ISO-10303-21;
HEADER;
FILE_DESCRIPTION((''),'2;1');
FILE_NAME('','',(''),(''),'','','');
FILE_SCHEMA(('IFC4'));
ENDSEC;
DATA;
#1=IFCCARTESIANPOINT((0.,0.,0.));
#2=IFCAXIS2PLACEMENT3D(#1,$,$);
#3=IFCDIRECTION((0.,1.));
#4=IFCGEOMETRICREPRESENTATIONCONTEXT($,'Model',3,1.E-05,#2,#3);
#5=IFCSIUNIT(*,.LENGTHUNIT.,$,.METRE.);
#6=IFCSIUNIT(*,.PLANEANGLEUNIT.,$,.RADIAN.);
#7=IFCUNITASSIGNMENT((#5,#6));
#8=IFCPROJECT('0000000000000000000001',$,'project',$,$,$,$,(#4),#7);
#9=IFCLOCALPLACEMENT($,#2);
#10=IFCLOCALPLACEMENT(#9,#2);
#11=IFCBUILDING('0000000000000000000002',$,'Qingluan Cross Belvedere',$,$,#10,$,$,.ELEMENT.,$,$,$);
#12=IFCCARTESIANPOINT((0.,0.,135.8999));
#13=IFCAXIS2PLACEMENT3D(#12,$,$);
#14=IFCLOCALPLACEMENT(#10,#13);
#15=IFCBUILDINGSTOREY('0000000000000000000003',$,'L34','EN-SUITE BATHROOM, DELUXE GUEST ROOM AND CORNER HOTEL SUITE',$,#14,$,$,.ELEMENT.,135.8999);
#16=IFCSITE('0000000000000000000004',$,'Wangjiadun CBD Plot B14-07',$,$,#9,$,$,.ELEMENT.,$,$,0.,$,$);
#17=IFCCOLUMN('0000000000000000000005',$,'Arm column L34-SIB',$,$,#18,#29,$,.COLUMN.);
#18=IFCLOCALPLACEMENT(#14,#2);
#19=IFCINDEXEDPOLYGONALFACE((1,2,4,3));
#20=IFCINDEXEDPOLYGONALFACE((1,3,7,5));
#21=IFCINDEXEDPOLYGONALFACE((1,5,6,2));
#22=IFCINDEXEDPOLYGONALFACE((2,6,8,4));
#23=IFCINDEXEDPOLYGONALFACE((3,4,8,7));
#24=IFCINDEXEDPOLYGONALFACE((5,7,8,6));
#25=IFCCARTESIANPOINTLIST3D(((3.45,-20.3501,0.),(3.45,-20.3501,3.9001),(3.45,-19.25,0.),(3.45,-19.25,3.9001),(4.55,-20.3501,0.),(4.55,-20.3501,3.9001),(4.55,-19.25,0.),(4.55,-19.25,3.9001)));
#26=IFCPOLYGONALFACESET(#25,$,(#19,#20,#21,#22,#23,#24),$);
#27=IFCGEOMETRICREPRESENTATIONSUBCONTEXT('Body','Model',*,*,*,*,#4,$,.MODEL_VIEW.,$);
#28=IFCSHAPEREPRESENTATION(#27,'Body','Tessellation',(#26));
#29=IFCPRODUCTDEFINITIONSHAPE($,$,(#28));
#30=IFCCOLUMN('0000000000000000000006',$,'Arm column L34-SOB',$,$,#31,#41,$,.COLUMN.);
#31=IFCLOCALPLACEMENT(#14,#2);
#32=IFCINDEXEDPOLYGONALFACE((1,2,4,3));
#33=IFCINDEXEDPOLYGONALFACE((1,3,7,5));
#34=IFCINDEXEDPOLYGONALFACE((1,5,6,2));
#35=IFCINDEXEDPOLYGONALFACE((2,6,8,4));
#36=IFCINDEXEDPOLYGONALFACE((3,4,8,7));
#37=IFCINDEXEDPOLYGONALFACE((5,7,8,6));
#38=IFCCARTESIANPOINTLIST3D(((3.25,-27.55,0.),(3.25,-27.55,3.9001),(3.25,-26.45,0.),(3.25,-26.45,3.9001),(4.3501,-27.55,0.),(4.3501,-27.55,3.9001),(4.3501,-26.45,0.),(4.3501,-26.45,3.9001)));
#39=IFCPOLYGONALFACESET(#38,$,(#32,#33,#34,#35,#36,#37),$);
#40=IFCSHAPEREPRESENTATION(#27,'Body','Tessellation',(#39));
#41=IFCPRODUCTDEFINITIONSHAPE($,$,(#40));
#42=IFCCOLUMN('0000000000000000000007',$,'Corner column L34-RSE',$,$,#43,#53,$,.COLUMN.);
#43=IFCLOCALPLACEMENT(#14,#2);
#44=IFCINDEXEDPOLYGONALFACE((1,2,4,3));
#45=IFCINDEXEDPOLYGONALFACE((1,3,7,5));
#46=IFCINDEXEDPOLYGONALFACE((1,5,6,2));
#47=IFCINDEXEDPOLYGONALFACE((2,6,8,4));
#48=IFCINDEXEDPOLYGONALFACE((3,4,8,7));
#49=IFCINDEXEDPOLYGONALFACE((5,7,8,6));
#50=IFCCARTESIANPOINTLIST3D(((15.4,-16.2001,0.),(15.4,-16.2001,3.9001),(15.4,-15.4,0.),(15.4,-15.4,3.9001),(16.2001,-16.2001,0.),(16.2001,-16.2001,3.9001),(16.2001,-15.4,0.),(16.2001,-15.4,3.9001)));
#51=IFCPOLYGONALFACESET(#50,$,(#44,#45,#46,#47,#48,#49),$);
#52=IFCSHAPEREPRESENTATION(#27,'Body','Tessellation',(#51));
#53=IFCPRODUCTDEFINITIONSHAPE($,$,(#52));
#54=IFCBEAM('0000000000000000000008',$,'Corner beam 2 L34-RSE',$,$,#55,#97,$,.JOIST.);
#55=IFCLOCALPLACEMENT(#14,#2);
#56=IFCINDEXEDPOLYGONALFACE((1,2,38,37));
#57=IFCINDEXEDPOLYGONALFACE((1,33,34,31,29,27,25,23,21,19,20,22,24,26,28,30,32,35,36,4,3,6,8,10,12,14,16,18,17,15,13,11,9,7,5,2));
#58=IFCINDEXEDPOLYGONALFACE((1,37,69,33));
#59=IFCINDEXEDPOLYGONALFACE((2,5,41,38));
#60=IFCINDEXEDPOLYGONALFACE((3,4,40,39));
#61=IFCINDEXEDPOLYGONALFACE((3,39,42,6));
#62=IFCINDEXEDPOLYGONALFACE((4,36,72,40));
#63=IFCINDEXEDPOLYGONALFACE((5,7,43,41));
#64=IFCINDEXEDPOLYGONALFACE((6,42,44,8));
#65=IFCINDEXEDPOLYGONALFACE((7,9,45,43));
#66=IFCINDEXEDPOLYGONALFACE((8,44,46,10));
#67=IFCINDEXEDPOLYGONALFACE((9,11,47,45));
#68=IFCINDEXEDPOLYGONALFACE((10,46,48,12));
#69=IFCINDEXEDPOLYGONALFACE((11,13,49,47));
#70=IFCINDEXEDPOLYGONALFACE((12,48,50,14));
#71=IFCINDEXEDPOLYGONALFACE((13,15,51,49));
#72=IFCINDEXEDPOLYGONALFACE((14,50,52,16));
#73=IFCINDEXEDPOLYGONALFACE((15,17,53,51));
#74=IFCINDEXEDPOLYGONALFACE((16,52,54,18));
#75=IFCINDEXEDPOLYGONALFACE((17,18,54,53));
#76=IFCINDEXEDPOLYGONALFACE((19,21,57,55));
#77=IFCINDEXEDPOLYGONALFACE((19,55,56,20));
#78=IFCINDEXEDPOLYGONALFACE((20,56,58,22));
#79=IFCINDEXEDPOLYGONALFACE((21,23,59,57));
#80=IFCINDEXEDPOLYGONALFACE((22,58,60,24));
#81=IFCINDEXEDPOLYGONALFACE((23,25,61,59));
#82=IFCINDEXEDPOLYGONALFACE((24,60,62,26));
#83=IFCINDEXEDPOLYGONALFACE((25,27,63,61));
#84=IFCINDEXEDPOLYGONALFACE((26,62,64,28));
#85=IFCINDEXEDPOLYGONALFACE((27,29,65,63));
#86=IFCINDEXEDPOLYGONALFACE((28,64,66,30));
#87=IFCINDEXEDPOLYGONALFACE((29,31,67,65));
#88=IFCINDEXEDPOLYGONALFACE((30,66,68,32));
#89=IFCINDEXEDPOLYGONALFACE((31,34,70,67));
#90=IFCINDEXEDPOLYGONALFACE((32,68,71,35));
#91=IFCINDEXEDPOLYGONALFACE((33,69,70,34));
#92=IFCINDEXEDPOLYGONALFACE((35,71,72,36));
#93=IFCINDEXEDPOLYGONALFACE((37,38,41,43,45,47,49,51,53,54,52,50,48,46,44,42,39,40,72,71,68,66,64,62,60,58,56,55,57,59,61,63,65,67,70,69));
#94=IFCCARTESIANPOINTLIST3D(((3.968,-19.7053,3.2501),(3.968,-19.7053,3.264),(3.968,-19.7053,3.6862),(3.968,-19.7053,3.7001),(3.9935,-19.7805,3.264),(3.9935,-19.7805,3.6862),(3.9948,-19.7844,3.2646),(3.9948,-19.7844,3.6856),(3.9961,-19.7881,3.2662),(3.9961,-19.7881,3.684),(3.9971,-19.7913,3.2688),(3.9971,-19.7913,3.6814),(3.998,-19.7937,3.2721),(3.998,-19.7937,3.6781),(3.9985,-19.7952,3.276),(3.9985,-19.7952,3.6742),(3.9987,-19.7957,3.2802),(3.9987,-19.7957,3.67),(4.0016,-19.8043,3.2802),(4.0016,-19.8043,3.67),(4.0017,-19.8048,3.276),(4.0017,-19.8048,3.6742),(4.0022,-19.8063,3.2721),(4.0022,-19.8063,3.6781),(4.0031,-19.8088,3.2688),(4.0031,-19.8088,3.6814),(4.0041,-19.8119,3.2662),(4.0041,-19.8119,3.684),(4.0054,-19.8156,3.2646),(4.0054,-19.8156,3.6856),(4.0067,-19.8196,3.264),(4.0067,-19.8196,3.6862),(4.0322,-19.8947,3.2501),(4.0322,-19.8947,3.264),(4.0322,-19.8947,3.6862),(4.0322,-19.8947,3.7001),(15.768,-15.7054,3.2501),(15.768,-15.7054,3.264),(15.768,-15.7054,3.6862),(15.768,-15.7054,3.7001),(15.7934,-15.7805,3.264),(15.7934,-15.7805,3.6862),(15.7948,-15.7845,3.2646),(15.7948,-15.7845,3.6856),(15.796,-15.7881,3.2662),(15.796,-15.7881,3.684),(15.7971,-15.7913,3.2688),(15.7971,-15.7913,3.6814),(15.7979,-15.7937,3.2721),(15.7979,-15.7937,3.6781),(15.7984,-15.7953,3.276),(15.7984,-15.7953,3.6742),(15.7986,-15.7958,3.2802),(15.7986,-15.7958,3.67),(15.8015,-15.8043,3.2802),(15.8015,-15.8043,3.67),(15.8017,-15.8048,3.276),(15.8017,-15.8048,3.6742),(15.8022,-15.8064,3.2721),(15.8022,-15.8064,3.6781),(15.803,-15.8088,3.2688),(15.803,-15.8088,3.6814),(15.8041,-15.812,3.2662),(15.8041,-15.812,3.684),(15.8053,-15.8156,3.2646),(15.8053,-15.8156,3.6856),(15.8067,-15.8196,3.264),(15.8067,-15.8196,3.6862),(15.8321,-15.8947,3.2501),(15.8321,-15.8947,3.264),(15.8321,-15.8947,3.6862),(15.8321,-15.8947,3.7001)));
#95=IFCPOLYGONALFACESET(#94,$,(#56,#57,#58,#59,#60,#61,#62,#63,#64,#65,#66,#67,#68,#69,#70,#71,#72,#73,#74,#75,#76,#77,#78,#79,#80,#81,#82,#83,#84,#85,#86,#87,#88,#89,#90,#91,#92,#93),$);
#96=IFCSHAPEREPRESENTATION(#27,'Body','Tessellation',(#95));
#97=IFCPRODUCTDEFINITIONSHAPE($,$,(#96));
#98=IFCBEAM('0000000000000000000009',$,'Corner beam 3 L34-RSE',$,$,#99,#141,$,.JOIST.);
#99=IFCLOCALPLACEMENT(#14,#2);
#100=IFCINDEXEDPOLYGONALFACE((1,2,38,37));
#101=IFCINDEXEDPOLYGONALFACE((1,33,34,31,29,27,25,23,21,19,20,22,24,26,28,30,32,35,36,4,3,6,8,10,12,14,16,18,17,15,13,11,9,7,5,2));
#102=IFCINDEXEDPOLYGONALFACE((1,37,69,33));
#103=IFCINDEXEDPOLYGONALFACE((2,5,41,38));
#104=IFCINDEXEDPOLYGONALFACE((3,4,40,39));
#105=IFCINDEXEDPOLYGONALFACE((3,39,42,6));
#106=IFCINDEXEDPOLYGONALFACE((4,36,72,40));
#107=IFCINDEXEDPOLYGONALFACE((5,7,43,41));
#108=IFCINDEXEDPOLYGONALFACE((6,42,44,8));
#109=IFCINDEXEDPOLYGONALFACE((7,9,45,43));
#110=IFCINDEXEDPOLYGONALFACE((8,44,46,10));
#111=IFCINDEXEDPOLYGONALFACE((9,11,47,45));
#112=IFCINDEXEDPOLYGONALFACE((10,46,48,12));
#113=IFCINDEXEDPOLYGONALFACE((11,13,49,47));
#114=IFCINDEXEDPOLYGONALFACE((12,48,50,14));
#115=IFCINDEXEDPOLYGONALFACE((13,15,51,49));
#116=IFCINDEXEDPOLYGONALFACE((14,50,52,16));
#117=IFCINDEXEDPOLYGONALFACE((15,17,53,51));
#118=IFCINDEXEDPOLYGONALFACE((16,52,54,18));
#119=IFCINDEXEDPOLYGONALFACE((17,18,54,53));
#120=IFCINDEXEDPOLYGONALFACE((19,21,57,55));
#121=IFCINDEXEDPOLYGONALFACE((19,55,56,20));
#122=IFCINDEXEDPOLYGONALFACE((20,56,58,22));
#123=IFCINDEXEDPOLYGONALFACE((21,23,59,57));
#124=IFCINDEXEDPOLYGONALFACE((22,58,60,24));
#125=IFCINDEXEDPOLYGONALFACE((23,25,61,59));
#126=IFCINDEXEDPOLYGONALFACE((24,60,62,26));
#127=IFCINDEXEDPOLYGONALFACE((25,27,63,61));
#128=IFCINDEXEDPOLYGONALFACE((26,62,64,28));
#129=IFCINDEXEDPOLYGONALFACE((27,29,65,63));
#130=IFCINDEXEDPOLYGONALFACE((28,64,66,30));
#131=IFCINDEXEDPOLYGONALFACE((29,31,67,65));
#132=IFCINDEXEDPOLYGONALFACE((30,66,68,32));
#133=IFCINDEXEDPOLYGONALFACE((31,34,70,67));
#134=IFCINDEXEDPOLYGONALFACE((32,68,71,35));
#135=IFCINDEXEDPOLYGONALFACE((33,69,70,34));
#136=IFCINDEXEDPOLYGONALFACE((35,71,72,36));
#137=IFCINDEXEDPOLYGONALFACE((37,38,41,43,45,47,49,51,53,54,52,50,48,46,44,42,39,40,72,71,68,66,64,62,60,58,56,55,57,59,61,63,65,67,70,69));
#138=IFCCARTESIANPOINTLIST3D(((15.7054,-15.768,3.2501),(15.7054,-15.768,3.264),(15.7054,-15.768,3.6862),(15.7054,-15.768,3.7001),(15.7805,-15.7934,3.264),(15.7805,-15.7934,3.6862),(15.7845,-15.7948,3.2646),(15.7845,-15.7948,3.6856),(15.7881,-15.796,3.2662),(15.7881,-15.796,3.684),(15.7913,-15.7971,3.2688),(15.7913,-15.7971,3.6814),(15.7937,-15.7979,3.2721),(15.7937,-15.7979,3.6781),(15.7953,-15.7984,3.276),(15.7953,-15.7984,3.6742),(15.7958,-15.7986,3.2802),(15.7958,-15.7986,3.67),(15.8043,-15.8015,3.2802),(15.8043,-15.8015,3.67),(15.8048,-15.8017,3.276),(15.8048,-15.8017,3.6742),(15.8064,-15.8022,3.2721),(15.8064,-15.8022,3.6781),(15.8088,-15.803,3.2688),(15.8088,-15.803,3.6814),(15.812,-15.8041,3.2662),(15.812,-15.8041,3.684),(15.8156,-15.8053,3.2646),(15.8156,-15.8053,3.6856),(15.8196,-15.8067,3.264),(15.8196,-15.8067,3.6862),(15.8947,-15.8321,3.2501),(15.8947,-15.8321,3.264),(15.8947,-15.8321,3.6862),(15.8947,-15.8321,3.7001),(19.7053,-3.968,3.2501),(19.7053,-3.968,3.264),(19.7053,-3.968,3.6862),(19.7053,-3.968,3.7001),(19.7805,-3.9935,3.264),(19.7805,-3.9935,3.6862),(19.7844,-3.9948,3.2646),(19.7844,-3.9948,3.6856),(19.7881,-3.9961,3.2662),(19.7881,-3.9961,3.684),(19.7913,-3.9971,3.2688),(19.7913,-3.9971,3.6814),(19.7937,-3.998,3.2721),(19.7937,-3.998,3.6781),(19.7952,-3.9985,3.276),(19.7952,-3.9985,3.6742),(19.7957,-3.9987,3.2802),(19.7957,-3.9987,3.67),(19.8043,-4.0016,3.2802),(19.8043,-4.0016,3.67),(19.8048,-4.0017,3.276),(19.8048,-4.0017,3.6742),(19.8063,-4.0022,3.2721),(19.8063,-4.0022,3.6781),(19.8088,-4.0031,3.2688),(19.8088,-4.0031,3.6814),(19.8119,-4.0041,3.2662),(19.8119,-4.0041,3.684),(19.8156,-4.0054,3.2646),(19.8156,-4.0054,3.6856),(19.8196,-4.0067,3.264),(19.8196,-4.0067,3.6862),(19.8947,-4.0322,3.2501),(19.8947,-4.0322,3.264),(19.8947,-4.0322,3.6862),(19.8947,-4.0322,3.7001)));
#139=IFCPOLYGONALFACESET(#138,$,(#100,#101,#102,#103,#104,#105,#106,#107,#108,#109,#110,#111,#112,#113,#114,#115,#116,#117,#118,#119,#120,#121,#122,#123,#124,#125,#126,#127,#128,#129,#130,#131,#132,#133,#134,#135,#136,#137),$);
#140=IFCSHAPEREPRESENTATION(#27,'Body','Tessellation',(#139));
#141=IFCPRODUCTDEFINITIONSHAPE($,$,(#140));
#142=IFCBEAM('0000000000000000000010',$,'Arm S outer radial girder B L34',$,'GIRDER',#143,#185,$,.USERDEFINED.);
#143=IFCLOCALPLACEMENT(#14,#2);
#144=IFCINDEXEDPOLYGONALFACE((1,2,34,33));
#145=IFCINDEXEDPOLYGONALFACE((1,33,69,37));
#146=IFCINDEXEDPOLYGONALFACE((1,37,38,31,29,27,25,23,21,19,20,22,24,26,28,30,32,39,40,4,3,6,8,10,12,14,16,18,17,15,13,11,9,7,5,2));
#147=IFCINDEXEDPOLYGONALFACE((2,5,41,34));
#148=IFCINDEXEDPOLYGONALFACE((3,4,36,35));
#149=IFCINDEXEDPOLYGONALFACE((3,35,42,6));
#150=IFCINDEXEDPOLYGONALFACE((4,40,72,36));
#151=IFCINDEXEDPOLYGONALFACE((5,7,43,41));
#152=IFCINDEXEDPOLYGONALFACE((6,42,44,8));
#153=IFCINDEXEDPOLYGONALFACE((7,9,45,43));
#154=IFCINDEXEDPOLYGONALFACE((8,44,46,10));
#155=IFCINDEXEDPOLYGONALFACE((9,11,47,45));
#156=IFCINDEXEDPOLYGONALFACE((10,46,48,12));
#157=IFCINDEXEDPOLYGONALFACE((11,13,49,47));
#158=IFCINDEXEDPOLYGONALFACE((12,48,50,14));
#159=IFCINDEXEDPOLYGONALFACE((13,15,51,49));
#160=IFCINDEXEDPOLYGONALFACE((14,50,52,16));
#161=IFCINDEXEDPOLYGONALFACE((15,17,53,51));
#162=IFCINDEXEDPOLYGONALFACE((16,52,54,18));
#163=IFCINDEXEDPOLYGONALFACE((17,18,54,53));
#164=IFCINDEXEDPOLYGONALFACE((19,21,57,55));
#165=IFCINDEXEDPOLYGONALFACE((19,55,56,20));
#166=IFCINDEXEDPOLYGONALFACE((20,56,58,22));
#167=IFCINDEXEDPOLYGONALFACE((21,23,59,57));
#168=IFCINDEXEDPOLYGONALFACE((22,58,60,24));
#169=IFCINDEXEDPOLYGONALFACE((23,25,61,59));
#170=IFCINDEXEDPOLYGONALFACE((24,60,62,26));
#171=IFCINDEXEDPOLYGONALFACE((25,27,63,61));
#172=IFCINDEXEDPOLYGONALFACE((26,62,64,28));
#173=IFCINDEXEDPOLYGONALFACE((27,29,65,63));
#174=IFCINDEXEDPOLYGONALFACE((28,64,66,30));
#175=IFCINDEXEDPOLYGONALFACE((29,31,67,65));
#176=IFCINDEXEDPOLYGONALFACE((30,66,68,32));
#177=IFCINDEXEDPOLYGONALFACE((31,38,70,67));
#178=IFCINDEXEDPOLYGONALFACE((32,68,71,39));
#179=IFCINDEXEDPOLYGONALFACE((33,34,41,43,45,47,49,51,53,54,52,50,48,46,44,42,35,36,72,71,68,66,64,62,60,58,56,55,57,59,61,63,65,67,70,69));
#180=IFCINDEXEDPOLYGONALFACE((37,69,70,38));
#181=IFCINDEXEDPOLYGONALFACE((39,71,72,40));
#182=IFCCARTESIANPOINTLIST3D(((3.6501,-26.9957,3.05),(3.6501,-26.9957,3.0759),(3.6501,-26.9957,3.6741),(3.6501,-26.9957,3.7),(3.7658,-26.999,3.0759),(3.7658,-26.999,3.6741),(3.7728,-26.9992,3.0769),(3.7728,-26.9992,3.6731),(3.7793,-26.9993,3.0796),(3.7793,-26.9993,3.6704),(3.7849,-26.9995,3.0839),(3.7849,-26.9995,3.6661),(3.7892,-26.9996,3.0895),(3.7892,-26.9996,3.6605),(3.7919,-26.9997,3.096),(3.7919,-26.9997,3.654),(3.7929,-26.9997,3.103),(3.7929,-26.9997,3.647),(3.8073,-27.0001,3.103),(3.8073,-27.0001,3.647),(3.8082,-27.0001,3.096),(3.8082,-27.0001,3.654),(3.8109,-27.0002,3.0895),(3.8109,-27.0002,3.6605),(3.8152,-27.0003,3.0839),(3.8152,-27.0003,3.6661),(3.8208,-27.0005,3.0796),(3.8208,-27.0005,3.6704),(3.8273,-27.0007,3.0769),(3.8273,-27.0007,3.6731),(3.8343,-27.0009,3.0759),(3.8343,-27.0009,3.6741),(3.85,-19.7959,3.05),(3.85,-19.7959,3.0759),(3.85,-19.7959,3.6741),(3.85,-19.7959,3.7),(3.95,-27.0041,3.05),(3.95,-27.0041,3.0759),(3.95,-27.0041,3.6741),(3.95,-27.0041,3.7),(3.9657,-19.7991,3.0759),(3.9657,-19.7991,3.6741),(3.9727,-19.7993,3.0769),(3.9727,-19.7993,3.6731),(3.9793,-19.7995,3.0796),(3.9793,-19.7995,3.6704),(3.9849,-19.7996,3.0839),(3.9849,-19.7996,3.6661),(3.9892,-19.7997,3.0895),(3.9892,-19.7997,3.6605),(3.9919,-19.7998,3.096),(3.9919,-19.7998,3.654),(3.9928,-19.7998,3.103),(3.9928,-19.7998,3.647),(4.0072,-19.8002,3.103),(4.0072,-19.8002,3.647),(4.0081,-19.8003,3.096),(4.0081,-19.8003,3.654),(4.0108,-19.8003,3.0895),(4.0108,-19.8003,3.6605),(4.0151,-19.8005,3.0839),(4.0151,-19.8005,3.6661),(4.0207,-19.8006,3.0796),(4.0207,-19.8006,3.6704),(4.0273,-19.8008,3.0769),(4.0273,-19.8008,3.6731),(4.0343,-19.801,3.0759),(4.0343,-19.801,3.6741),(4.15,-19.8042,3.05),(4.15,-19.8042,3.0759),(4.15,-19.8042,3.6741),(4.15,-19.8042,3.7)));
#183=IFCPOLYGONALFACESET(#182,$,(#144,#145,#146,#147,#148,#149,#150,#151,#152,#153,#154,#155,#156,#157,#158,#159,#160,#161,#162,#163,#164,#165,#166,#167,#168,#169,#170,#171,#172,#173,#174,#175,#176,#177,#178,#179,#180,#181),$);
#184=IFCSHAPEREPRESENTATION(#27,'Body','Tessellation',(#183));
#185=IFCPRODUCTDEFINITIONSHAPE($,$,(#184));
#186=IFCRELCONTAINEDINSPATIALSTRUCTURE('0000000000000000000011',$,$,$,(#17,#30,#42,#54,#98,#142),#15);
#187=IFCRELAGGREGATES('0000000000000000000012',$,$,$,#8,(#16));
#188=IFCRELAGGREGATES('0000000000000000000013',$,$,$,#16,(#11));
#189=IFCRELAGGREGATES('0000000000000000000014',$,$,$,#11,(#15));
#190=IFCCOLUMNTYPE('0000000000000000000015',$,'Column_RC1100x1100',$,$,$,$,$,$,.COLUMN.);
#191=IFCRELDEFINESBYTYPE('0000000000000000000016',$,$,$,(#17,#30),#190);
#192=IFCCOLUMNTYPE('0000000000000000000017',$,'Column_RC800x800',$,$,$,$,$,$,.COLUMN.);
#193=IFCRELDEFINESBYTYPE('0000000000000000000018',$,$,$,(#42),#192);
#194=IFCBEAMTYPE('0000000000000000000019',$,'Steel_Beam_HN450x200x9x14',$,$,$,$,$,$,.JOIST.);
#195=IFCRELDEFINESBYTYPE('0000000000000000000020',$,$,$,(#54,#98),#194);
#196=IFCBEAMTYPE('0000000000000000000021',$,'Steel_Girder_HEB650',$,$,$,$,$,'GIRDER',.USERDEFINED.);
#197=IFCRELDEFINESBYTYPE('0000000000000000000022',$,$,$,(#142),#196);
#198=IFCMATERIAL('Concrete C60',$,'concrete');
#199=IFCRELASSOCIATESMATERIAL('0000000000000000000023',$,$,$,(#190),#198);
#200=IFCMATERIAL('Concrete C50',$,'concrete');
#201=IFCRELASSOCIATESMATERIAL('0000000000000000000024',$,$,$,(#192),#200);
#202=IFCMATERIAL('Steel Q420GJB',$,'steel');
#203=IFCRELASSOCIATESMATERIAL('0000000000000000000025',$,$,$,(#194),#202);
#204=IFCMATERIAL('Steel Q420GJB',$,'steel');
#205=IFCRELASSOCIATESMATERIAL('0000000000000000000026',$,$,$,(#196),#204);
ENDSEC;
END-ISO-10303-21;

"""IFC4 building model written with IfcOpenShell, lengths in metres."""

from ifc_helpers import new_model, si_unit, direction, frame, origin, origin_2d, place, context, subcontext, project, spatial, rectangle, i_section, extrude, material, material_profile, profile_set, type_object, element, save


model = new_model("IFC4")

# Units and contexts
model_context = context("Model", 3, precision=1e-05, world=origin(), true_north=direction((0.0, 1.0)))
body_context = subcontext(model_context, "Body", "Model", "MODEL_VIEW")
ifc_project = project(units=[si_unit("LENGTHUNIT", "METRE"), si_unit("PLANEANGLEUNIT", "RADIAN")], contexts=[model_context])

# Site, building, storey
site_placement = place(None, origin())
site = spatial("IfcSite", under=ifc_project, at=site_placement, Name="Wangjiadun CBD Plot B14-07", CompositionType="ELEMENT", RefElevation=0.0)
building_placement = place(site_placement, origin())
building = spatial("IfcBuilding", under=site, at=building_placement, Name="Qingluan Cross Belvedere", CompositionType="ELEMENT")
storey_placement = place(building_placement, frame((0.0, 0.0, 135.8999)))
storey = spatial("IfcBuildingStorey", under=building, at=storey_placement, Name="L34", Description="EN-SUITE BATHROOM, DELUXE GUEST ROOM AND CORNER HOTEL SUITE", CompositionType="ELEMENT", Elevation=135.8999)

# Columns
ifc_material_1 = material(Name="Concrete C60", Category="concrete")
ifc_material_profile_1 = material_profile(ifc_material_1, rectangle(XDim=1.1001, YDim=1.1001, at=origin_2d()), Name="RC1100x1100")
ifc_profile_set_1 = profile_set([ifc_material_profile_1], Name="Concrete C60")
column_type_1 = type_object("IfcColumnType", Name="Column_RC1100x1100", PredefinedType="COLUMN", material=ifc_profile_set_1)
for number, where, z_axis, x_axis, name in (
    (1, (4.0, -19.8, 0.0), (0.0, 0.0, 1.0), (1.0, 0.0, 0.0), "Arm column L34-SIB"),
    (2, (3.8, -27.0, 0.0), (0.0, 0.0, 1.0), (1.0, 0.0, 0.0), "Arm column L34-SOB"),
):
    element("IfcColumn", number, at=place(storey_placement, frame(where, z_axis=z_axis, x_axis=x_axis)), inside=storey, type_object=column_type_1, Name=name, PredefinedType="COLUMN", context=body_context, shape_type="SweptSolid", body=[
        extrude(rectangle(XDim=1.1001, YDim=1.1001, at=origin_2d()), origin(), (0.0, 0.0, 1.0), 3.9001),
    ])
ifc_material_2 = material(Name="Concrete C50", Category="concrete")
ifc_material_profile_2 = material_profile(ifc_material_2, rectangle(XDim=0.8, YDim=0.8, at=origin_2d()), Name="RC800x800")
ifc_profile_set_2 = profile_set([ifc_material_profile_2], Name="Concrete C50")
column_type_2 = type_object("IfcColumnType", Name="Column_RC800x800", PredefinedType="COLUMN", material=ifc_profile_set_2)
column_placement = place(storey_placement, frame((15.8, -15.8, 0.0), z_axis=(0.0, 0.0, 1.0), x_axis=(1.0, 0.0, 0.0)))
element("IfcColumn", 3, at=column_placement, inside=storey, type_object=column_type_2, Name="Corner column L34-RSE", PredefinedType="COLUMN", context=body_context, shape_type="SweptSolid", body=[
    extrude(rectangle(XDim=0.8, YDim=0.8, at=origin_2d()), origin(), (0.0, 0.0, 1.0), 3.9001),
])

# Beams
ifc_material_3 = material(Name="Steel Q420GJB", Category="steel")
ifc_material_profile_3 = material_profile(ifc_material_3, i_section(OverallWidth=0.2, OverallDepth=0.45, WebThickness=0.009, FlangeThickness=0.0139, FilletRadius=0.0161, at=origin_2d()), Name="HN450x200x9x14")
ifc_profile_set_3 = profile_set([ifc_material_profile_3], Name="Steel Q420GJB")
beam_type_1 = type_object("IfcBeamType", Name="Steel_Beam_HN450x200x9x14", PredefinedType="JOIST", material=ifc_profile_set_3)
for number, where, z_axis, x_axis, name in (
    (4, (15.8, -15.8, 3.4751), (-0.947066, -0.321038, 0.0), (0.321038, -0.947066, 0.0), "Corner beam 2 L34-RSE"),
    (5, (15.8, -15.8, 3.4751), (0.321038, 0.947066, 0.0), (-0.947066, 0.321038, 0.0), "Corner beam 3 L34-RSE"),
):
    element("IfcBeam", number, at=place(storey_placement, frame(where, z_axis=z_axis, x_axis=x_axis)), inside=storey, type_object=beam_type_1, Name=name, PredefinedType="JOIST", context=body_context, shape_type="SweptSolid", body=[
        extrude(i_section(OverallWidth=0.2, OverallDepth=0.45, WebThickness=0.009, FlangeThickness=0.0139, FilletRadius=0.0161, at=origin_2d()), origin(), (0.0, 0.0, 1.0), 12.4595),
    ])
ifc_material_4 = material(Name="Steel Q420GJB", Category="steel")
ifc_material_profile_4 = material_profile(ifc_material_4, i_section(OverallWidth=0.3, OverallDepth=0.6499, WebThickness=0.0144, FlangeThickness=0.0259, FilletRadius=0.0271, at=origin_2d()), Name="HEB650")
ifc_profile_set_4 = profile_set([ifc_material_profile_4], Name="Steel Q420GJB")
beam_type_2 = type_object("IfcBeamType", Name="Steel_Girder_HEB650", ElementType="GIRDER", PredefinedType="USERDEFINED", material=ifc_profile_set_4)
beam_placement = place(storey_placement, frame((4.0, -19.8, 3.375), z_axis=(-0.02776, -0.999615, 0.0), x_axis=(0.999615, -0.02776, 0.0)))
element("IfcBeam", 6, at=beam_placement, inside=storey, type_object=beam_type_2, Name="Arm S outer radial girder B L34", ObjectType="GIRDER", PredefinedType="USERDEFINED", context=body_context, shape_type="SweptSolid", body=[
    extrude(i_section(OverallWidth=0.3, OverallDepth=0.6499, WebThickness=0.0144, FlangeThickness=0.0259, FilletRadius=0.0271, at=origin_2d()), origin(), (0.0, 0.0, 1.0), 7.2026),
])

save(model, "model.ifc")
